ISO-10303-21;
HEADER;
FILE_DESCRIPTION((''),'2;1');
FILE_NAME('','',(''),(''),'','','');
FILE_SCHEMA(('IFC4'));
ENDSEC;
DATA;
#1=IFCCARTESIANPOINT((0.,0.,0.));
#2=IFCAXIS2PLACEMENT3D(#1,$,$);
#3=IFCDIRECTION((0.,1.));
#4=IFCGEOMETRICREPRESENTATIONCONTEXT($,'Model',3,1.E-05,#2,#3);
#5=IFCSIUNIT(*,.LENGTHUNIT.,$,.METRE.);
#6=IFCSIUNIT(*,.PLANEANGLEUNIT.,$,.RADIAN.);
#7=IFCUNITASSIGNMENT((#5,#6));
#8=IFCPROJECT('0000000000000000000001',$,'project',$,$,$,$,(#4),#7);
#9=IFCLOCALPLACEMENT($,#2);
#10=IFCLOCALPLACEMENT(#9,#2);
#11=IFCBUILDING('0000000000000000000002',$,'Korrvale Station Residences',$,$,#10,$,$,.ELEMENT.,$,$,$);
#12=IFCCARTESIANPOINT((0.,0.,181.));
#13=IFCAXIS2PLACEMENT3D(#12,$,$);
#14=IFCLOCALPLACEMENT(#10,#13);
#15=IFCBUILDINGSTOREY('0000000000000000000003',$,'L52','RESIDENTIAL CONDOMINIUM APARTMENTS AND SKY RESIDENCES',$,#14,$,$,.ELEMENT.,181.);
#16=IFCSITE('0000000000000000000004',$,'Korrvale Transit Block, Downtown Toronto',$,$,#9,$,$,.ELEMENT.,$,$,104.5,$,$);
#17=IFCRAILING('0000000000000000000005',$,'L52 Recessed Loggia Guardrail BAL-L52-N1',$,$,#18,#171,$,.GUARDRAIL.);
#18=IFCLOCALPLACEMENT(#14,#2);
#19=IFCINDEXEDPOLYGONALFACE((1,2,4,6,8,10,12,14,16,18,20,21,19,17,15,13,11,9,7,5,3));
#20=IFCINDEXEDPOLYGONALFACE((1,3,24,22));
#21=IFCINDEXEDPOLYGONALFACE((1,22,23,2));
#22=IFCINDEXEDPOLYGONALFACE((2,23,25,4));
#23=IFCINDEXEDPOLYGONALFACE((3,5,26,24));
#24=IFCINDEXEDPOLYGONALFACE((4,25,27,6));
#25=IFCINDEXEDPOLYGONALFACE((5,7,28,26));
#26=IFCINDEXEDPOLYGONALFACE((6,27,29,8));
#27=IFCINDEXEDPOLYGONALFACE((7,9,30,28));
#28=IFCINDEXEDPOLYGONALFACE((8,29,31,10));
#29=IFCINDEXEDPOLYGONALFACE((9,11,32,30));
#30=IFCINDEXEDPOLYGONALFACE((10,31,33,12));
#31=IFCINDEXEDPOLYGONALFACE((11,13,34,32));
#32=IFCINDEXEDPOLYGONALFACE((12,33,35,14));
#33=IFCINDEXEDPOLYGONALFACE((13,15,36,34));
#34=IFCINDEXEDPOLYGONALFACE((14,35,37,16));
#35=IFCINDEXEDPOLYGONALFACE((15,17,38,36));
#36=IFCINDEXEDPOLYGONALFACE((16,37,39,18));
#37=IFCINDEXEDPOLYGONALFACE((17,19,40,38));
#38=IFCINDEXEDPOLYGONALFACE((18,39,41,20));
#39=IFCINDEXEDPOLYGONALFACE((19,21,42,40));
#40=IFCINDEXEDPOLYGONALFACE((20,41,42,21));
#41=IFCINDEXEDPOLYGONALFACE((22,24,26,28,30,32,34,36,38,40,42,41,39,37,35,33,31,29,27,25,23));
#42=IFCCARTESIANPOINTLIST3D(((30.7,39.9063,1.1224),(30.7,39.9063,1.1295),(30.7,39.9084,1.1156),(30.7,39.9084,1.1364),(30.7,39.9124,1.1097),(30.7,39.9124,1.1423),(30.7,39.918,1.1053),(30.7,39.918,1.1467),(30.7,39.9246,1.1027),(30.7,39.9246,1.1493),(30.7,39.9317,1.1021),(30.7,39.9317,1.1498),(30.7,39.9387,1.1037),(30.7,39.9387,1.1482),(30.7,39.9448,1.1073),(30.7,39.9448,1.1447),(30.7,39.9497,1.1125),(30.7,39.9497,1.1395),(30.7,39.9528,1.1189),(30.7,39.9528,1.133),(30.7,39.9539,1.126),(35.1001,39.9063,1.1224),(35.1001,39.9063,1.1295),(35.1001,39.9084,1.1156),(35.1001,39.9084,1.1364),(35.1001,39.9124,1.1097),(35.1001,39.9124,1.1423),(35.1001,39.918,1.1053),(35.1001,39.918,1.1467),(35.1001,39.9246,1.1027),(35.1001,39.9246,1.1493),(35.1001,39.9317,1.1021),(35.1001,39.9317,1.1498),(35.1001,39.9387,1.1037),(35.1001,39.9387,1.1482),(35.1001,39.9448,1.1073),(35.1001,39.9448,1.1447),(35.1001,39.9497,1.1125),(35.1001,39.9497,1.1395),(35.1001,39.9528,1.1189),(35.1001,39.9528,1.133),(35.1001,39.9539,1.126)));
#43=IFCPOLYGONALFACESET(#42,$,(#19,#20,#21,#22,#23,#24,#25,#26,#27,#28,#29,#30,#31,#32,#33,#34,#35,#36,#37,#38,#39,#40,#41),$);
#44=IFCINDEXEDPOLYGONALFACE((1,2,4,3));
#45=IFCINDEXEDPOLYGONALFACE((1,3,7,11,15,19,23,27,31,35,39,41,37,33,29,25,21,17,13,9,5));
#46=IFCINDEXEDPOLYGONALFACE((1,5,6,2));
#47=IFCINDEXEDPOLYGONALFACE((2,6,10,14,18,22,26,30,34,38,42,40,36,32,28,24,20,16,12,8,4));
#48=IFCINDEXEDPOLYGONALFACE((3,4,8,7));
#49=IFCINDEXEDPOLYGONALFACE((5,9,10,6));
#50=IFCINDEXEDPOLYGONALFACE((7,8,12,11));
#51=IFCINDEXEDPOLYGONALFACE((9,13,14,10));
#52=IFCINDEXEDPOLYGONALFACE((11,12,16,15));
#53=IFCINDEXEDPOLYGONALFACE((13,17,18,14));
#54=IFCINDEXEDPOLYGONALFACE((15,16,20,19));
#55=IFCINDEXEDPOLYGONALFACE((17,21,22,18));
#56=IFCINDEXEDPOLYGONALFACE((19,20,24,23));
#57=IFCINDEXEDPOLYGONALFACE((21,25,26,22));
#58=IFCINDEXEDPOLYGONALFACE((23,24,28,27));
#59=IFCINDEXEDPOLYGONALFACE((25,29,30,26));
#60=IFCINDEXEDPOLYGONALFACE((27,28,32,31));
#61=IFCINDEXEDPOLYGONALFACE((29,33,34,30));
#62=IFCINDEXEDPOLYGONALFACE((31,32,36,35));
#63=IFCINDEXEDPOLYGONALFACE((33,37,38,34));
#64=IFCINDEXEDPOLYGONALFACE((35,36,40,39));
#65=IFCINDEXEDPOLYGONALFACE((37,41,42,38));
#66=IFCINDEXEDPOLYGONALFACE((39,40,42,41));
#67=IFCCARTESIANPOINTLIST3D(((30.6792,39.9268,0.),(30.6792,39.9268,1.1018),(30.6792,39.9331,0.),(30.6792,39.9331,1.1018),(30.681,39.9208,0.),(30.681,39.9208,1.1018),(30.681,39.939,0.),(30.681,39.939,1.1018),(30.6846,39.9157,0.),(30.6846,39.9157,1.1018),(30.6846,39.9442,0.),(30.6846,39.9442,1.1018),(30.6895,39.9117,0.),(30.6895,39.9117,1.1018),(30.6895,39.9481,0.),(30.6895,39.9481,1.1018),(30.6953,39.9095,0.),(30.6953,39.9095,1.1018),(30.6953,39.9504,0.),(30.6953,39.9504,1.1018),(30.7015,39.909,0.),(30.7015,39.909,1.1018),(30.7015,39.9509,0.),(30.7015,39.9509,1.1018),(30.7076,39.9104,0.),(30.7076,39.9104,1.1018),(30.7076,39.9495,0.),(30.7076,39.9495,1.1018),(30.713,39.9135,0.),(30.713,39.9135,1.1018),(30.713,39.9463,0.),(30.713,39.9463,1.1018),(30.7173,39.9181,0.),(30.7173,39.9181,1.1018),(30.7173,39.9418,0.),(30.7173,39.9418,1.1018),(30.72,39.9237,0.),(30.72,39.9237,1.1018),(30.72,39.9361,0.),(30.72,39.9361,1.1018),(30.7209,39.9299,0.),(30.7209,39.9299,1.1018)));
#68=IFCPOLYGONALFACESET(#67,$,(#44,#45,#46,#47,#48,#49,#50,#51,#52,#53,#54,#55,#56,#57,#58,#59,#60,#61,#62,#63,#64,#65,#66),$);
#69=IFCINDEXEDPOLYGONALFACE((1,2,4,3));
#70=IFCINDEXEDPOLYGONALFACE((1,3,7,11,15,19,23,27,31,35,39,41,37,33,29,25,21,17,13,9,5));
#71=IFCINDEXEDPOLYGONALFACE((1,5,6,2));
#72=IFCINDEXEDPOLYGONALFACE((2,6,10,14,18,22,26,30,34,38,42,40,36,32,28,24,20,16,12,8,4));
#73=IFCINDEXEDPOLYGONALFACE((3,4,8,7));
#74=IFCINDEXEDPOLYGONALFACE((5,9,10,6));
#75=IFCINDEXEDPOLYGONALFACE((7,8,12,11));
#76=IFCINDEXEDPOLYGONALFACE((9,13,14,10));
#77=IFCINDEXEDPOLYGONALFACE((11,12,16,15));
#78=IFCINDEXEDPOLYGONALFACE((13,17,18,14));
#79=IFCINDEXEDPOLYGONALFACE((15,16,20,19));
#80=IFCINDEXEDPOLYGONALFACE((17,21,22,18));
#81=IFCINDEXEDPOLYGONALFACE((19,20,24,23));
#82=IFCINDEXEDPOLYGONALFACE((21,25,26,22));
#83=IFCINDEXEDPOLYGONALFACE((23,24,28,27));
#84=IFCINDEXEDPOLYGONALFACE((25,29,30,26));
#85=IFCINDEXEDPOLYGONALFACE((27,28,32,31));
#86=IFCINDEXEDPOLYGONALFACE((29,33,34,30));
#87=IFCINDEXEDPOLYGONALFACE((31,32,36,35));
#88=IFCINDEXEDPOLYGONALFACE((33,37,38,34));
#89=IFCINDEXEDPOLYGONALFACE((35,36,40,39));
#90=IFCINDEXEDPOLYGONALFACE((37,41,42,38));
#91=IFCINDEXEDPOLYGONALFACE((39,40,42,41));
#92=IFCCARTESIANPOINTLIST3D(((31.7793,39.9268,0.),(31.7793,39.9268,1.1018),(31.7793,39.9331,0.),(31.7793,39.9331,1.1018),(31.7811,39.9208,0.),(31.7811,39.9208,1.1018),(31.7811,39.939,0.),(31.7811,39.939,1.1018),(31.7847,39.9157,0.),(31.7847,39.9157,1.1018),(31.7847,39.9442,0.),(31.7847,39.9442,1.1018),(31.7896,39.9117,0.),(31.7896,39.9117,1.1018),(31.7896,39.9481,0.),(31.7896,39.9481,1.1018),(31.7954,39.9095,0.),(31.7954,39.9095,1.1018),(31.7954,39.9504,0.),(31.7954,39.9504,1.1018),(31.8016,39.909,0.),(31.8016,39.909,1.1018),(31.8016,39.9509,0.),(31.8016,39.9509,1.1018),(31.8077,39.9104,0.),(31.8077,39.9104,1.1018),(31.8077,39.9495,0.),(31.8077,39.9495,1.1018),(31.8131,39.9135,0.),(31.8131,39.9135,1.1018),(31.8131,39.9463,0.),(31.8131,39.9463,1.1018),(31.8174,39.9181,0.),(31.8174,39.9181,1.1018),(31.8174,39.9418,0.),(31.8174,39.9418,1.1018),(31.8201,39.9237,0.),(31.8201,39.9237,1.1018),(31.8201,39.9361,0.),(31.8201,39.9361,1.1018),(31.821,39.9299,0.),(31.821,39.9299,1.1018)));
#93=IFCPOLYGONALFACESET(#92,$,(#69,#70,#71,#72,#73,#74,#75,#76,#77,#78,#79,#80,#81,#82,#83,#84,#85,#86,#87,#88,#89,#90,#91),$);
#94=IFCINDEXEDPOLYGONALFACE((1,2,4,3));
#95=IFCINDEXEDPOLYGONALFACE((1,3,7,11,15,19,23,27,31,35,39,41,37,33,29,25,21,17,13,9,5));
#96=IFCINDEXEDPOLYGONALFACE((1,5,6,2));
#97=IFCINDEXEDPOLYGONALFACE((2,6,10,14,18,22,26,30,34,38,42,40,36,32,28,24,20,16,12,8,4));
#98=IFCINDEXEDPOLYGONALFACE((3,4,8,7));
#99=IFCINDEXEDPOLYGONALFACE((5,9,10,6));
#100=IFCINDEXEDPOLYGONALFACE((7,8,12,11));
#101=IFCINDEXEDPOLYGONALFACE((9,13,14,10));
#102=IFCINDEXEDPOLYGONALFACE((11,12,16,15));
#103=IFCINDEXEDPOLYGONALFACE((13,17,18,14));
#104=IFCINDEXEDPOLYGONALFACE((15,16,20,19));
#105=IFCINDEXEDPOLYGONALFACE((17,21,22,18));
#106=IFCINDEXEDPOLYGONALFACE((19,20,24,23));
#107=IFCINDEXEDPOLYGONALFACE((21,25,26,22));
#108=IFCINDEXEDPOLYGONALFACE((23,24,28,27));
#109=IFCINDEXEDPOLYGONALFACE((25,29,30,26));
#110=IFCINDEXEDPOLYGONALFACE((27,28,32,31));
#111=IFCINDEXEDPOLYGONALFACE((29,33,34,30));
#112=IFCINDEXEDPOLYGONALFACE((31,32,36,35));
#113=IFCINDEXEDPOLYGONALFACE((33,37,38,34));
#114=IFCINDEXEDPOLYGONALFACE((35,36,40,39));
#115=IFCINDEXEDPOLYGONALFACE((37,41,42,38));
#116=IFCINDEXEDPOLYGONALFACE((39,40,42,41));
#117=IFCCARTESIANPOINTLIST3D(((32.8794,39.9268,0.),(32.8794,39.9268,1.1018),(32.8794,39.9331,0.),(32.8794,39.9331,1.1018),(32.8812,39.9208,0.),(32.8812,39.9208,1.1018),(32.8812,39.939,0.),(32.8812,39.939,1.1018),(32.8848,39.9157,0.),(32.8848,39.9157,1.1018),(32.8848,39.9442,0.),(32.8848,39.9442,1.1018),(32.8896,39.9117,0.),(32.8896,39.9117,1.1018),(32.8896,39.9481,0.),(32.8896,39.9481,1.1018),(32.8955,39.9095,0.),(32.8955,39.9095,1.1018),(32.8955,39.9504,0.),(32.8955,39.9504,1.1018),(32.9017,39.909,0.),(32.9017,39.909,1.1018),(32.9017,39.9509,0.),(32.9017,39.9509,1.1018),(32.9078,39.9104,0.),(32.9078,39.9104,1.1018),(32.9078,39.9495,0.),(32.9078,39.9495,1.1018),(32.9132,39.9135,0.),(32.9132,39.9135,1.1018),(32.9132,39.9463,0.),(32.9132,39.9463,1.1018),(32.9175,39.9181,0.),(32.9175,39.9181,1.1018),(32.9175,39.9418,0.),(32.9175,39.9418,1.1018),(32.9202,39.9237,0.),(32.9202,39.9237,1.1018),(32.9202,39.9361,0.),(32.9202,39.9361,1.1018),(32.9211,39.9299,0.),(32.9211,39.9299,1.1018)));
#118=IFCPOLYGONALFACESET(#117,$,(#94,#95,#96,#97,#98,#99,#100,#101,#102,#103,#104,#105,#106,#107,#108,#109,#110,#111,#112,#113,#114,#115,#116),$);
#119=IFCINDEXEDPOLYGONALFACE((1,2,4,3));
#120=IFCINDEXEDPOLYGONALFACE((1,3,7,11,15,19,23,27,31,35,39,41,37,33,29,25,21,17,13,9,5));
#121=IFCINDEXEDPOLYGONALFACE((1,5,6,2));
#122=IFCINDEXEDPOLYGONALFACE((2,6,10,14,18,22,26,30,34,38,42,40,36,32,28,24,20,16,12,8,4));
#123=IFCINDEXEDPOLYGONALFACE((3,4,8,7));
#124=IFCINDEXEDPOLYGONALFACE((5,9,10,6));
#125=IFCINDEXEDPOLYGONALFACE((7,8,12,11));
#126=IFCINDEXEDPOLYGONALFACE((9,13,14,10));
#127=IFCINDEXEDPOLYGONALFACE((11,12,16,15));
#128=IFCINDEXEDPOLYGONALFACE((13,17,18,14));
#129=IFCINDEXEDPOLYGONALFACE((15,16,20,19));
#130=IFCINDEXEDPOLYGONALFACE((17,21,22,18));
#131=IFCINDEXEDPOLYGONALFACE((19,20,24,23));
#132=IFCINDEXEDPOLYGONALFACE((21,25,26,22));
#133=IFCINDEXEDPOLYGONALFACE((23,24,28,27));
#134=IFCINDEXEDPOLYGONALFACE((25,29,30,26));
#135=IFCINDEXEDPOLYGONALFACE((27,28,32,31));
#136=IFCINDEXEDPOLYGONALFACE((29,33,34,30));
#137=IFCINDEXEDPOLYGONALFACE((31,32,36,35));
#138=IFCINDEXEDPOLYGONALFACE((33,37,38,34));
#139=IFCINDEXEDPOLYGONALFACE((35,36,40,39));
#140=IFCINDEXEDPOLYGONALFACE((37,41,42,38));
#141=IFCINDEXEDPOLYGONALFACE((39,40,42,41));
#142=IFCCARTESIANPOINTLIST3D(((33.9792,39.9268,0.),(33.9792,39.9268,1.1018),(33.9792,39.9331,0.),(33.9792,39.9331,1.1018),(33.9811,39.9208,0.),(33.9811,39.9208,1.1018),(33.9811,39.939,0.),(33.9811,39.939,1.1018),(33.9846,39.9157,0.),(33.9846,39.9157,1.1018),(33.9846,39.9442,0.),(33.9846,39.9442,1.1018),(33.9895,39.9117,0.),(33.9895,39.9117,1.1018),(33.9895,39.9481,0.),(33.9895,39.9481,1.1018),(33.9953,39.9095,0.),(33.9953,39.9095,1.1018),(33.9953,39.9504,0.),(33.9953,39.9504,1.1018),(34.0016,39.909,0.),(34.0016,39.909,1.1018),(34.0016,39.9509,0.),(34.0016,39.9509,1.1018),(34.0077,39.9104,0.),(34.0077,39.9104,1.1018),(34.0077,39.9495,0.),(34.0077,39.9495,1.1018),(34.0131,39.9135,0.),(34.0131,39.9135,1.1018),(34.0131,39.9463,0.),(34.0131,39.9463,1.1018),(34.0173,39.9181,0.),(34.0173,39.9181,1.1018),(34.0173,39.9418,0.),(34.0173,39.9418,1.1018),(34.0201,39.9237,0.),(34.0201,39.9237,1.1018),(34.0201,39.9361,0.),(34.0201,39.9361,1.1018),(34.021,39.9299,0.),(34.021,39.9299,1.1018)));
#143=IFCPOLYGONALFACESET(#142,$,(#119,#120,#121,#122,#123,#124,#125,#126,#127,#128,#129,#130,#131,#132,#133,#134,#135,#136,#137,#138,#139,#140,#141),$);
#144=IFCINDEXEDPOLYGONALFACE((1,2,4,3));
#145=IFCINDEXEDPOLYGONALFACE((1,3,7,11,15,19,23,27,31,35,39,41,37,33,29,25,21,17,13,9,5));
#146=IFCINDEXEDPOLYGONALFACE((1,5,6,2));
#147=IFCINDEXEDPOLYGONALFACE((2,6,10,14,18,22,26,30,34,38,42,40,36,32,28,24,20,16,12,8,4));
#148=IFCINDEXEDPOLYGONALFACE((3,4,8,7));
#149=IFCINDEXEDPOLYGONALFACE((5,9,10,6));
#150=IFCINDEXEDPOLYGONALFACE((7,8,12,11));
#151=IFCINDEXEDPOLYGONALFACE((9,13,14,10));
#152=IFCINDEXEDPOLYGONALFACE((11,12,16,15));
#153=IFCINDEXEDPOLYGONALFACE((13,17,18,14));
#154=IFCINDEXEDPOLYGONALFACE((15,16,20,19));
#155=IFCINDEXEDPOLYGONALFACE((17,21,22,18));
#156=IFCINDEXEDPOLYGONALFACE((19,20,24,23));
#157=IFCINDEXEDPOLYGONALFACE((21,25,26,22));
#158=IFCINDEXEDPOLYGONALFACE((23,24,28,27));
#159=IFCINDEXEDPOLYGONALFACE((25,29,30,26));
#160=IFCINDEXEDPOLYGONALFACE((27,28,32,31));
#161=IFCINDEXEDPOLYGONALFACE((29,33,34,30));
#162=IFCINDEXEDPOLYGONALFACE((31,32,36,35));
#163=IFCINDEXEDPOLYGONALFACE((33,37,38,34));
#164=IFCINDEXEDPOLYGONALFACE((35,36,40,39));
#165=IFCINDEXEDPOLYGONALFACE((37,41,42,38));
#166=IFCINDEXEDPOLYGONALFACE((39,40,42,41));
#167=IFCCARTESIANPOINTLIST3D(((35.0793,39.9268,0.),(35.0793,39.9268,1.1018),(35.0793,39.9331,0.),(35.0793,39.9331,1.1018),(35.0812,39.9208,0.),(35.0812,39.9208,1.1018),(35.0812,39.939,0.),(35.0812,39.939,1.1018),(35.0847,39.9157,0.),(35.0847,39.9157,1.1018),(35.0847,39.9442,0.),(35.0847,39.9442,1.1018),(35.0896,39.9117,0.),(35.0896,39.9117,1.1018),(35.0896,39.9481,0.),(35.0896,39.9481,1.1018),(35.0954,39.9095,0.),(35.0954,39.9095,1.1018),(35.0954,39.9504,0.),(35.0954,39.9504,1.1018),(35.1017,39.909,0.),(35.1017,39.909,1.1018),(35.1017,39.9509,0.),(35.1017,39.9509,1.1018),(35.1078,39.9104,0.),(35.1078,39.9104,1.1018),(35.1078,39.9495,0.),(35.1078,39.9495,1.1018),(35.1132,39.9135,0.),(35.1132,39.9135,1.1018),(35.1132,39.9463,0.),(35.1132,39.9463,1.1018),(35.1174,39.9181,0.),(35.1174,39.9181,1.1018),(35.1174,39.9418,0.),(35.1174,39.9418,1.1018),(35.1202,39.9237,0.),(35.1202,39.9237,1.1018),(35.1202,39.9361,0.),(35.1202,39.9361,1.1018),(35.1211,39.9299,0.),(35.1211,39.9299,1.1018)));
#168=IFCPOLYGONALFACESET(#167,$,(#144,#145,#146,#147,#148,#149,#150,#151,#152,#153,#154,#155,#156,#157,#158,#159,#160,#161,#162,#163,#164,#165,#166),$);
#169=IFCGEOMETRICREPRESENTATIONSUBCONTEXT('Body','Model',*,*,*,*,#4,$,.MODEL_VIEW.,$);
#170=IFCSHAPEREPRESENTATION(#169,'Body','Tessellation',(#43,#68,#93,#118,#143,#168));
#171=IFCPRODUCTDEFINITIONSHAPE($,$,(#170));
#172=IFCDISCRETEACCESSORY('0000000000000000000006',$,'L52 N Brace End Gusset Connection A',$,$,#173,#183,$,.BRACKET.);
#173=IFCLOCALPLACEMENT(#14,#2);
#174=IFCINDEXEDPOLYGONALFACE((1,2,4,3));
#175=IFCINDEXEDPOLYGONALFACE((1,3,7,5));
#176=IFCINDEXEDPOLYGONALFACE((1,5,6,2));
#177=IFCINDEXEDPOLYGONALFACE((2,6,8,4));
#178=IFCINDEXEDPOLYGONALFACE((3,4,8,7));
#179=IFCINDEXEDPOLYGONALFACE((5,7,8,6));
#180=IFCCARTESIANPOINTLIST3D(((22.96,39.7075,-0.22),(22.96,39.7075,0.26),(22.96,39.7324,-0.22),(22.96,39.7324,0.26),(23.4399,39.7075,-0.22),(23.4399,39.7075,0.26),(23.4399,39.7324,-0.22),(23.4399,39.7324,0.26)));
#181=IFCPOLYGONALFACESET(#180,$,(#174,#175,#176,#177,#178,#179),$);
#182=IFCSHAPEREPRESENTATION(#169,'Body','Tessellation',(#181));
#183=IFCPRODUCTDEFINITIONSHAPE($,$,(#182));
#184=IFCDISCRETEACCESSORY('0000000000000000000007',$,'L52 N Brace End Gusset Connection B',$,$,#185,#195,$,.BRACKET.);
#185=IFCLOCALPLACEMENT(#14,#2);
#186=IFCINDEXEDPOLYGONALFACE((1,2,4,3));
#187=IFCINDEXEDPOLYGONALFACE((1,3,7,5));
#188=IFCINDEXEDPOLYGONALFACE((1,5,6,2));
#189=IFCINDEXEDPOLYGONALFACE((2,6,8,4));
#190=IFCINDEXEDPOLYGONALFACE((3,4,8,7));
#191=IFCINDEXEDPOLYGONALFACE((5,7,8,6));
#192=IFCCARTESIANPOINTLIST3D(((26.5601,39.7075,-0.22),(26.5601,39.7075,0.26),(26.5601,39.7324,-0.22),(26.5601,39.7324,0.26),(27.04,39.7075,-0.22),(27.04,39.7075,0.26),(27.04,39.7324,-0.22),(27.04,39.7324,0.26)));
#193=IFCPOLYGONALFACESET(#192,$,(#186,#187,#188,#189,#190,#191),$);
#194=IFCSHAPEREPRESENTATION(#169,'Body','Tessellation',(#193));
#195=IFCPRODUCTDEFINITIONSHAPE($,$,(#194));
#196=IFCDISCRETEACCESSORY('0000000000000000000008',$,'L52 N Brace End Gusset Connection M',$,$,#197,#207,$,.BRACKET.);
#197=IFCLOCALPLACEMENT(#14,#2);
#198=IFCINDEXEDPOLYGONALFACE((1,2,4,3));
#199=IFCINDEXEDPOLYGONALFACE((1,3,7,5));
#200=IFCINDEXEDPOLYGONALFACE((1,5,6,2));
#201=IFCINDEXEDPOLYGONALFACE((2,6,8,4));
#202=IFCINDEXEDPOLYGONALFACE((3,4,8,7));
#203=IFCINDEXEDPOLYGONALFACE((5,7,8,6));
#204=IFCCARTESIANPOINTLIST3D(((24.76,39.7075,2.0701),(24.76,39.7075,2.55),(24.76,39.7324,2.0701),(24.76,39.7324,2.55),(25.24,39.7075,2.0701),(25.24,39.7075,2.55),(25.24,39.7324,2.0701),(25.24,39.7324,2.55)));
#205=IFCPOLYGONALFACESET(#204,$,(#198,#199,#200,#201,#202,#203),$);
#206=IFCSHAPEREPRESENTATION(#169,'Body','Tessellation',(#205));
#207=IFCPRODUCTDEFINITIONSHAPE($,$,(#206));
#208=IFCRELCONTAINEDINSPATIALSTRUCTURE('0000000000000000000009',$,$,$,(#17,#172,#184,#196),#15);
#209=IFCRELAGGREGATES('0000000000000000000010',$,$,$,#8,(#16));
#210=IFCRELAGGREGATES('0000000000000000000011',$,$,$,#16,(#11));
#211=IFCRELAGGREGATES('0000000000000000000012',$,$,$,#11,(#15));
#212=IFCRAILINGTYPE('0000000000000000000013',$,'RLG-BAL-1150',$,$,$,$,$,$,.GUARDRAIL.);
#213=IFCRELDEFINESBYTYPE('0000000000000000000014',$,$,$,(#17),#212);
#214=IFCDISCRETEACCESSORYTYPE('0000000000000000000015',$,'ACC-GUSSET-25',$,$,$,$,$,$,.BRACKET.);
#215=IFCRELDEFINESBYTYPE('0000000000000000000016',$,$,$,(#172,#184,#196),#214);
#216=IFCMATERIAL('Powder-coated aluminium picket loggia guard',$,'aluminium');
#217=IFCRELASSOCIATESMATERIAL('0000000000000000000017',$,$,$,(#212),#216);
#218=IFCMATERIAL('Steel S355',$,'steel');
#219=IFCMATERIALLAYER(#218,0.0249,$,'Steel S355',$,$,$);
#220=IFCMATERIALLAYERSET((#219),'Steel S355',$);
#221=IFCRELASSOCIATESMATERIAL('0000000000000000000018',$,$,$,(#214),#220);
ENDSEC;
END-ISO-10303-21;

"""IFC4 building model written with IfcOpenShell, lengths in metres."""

from ifc_helpers import new_model, si_unit, direction, frame, origin, origin_2d, place, context, subcontext, project, spatial, rectangle, circle, extrude, material, layer, layer_set, type_object, element, save


model = new_model("IFC4")

# Units and contexts
model_context = context("Model", 3, precision=1e-05, world=origin(), true_north=direction((0.0, 1.0)))
body_context = subcontext(model_context, "Body", "Model", "MODEL_VIEW")
ifc_project = project(units=[si_unit("LENGTHUNIT", "METRE"), si_unit("PLANEANGLEUNIT", "RADIAN")], contexts=[model_context])

# Site, building, storey
site_placement = place(None, origin())
site = spatial("IfcSite", under=ifc_project, at=site_placement, Name="Korrvale Transit Block, Downtown Toronto", CompositionType="ELEMENT", RefElevation=104.5)
building_placement = place(site_placement, origin())
building = spatial("IfcBuilding", under=site, at=building_placement, Name="Korrvale Station Residences", CompositionType="ELEMENT")
storey_placement = place(building_placement, frame((0.0, 0.0, 181.0)))
storey = spatial("IfcBuildingStorey", under=building, at=storey_placement, Name="L52", Description="RESIDENTIAL CONDOMINIUM APARTMENTS AND SKY RESIDENCES", CompositionType="ELEMENT", Elevation=181.0)

# Shared definitions
ifc_material_1 = material(Name="Steel S355", Category="steel")

# Railing
ifc_material_2 = material(Name="Powder-coated aluminium picket loggia guard", Category="aluminium")
railing_type = type_object("IfcRailingType", Name="RLG-BAL-1150", PredefinedType="GUARDRAIL", material=ifc_material_2)
railing_placement = place(storey_placement, frame((30.7, 39.9299, 0.0)))
element("IfcRailing", 1, at=railing_placement, inside=storey, type_object=railing_type, Name="L52 Recessed Loggia Guardrail BAL-L52-N1", PredefinedType="GUARDRAIL", context=body_context, shape_type="SweptSolid", body=[
    extrude(circle(Radius=0.0239, at=origin_2d()), frame((0.0, 0.0, 1.126), z_axis=(1.0, 0.0, 0.0), x_axis=(0.0, 1.0, 0.0)), (0.0, 0.0, 1.0), 4.4001),
    extrude(circle(Radius=0.021, at=origin_2d()), origin(), (0.0, 0.0, 1.0), 1.1018),
    extrude(circle(Radius=0.021, at=origin_2d()), frame((1.1001, 0.0, 0.0)), (0.0, 0.0, 1.0), 1.1018),
    extrude(circle(Radius=0.021, at=origin_2d()), frame((2.2002, 0.0, 0.0)), (0.0, 0.0, 1.0), 1.1018),
    extrude(circle(Radius=0.021, at=origin_2d()), frame((3.3, 0.0, 0.0)), (0.0, 0.0, 1.0), 1.1018),
    extrude(circle(Radius=0.021, at=origin_2d()), frame((4.4001, 0.0, 0.0)), (0.0, 0.0, 1.0), 1.1018),
])

# Discrete accessories
ifc_layer_1 = layer(ifc_material_1, 0.0249, Name="Steel S355")
ifc_layer_set_1 = layer_set([ifc_layer_1], Name="Steel S355")
discrete_accessory_type = type_object("IfcDiscreteAccessoryType", Name="ACC-GUSSET-25", PredefinedType="BRACKET", material=ifc_layer_set_1)
for number, where, z_axis, x_axis, name in (
    (2, (23.2, 39.72, -0.22), (0.0, 0.0, 1.0), (1.0, 0.0, 0.0), "L52 N Brace End Gusset Connection A"),
    (3, (26.8, 39.72, -0.22), (0.0, 0.0, 1.0), (1.0, 0.0, 0.0), "L52 N Brace End Gusset Connection B"),
    (4, (25.0, 39.72, 2.0701), (0.0, 0.0, 1.0), (1.0, 0.0, 0.0), "L52 N Brace End Gusset Connection M"),
):
    element("IfcDiscreteAccessory", number, at=place(storey_placement, frame(where, z_axis=z_axis, x_axis=x_axis)), inside=storey, type_object=discrete_accessory_type, Name=name, PredefinedType="BRACKET", context=body_context, shape_type="SweptSolid", body=[
        extrude(rectangle(XDim=0.48, YDim=0.0249, at=origin_2d()), origin(), (0.0, 0.0, 1.0), 0.48),
    ])

save(model, "model.ifc")
